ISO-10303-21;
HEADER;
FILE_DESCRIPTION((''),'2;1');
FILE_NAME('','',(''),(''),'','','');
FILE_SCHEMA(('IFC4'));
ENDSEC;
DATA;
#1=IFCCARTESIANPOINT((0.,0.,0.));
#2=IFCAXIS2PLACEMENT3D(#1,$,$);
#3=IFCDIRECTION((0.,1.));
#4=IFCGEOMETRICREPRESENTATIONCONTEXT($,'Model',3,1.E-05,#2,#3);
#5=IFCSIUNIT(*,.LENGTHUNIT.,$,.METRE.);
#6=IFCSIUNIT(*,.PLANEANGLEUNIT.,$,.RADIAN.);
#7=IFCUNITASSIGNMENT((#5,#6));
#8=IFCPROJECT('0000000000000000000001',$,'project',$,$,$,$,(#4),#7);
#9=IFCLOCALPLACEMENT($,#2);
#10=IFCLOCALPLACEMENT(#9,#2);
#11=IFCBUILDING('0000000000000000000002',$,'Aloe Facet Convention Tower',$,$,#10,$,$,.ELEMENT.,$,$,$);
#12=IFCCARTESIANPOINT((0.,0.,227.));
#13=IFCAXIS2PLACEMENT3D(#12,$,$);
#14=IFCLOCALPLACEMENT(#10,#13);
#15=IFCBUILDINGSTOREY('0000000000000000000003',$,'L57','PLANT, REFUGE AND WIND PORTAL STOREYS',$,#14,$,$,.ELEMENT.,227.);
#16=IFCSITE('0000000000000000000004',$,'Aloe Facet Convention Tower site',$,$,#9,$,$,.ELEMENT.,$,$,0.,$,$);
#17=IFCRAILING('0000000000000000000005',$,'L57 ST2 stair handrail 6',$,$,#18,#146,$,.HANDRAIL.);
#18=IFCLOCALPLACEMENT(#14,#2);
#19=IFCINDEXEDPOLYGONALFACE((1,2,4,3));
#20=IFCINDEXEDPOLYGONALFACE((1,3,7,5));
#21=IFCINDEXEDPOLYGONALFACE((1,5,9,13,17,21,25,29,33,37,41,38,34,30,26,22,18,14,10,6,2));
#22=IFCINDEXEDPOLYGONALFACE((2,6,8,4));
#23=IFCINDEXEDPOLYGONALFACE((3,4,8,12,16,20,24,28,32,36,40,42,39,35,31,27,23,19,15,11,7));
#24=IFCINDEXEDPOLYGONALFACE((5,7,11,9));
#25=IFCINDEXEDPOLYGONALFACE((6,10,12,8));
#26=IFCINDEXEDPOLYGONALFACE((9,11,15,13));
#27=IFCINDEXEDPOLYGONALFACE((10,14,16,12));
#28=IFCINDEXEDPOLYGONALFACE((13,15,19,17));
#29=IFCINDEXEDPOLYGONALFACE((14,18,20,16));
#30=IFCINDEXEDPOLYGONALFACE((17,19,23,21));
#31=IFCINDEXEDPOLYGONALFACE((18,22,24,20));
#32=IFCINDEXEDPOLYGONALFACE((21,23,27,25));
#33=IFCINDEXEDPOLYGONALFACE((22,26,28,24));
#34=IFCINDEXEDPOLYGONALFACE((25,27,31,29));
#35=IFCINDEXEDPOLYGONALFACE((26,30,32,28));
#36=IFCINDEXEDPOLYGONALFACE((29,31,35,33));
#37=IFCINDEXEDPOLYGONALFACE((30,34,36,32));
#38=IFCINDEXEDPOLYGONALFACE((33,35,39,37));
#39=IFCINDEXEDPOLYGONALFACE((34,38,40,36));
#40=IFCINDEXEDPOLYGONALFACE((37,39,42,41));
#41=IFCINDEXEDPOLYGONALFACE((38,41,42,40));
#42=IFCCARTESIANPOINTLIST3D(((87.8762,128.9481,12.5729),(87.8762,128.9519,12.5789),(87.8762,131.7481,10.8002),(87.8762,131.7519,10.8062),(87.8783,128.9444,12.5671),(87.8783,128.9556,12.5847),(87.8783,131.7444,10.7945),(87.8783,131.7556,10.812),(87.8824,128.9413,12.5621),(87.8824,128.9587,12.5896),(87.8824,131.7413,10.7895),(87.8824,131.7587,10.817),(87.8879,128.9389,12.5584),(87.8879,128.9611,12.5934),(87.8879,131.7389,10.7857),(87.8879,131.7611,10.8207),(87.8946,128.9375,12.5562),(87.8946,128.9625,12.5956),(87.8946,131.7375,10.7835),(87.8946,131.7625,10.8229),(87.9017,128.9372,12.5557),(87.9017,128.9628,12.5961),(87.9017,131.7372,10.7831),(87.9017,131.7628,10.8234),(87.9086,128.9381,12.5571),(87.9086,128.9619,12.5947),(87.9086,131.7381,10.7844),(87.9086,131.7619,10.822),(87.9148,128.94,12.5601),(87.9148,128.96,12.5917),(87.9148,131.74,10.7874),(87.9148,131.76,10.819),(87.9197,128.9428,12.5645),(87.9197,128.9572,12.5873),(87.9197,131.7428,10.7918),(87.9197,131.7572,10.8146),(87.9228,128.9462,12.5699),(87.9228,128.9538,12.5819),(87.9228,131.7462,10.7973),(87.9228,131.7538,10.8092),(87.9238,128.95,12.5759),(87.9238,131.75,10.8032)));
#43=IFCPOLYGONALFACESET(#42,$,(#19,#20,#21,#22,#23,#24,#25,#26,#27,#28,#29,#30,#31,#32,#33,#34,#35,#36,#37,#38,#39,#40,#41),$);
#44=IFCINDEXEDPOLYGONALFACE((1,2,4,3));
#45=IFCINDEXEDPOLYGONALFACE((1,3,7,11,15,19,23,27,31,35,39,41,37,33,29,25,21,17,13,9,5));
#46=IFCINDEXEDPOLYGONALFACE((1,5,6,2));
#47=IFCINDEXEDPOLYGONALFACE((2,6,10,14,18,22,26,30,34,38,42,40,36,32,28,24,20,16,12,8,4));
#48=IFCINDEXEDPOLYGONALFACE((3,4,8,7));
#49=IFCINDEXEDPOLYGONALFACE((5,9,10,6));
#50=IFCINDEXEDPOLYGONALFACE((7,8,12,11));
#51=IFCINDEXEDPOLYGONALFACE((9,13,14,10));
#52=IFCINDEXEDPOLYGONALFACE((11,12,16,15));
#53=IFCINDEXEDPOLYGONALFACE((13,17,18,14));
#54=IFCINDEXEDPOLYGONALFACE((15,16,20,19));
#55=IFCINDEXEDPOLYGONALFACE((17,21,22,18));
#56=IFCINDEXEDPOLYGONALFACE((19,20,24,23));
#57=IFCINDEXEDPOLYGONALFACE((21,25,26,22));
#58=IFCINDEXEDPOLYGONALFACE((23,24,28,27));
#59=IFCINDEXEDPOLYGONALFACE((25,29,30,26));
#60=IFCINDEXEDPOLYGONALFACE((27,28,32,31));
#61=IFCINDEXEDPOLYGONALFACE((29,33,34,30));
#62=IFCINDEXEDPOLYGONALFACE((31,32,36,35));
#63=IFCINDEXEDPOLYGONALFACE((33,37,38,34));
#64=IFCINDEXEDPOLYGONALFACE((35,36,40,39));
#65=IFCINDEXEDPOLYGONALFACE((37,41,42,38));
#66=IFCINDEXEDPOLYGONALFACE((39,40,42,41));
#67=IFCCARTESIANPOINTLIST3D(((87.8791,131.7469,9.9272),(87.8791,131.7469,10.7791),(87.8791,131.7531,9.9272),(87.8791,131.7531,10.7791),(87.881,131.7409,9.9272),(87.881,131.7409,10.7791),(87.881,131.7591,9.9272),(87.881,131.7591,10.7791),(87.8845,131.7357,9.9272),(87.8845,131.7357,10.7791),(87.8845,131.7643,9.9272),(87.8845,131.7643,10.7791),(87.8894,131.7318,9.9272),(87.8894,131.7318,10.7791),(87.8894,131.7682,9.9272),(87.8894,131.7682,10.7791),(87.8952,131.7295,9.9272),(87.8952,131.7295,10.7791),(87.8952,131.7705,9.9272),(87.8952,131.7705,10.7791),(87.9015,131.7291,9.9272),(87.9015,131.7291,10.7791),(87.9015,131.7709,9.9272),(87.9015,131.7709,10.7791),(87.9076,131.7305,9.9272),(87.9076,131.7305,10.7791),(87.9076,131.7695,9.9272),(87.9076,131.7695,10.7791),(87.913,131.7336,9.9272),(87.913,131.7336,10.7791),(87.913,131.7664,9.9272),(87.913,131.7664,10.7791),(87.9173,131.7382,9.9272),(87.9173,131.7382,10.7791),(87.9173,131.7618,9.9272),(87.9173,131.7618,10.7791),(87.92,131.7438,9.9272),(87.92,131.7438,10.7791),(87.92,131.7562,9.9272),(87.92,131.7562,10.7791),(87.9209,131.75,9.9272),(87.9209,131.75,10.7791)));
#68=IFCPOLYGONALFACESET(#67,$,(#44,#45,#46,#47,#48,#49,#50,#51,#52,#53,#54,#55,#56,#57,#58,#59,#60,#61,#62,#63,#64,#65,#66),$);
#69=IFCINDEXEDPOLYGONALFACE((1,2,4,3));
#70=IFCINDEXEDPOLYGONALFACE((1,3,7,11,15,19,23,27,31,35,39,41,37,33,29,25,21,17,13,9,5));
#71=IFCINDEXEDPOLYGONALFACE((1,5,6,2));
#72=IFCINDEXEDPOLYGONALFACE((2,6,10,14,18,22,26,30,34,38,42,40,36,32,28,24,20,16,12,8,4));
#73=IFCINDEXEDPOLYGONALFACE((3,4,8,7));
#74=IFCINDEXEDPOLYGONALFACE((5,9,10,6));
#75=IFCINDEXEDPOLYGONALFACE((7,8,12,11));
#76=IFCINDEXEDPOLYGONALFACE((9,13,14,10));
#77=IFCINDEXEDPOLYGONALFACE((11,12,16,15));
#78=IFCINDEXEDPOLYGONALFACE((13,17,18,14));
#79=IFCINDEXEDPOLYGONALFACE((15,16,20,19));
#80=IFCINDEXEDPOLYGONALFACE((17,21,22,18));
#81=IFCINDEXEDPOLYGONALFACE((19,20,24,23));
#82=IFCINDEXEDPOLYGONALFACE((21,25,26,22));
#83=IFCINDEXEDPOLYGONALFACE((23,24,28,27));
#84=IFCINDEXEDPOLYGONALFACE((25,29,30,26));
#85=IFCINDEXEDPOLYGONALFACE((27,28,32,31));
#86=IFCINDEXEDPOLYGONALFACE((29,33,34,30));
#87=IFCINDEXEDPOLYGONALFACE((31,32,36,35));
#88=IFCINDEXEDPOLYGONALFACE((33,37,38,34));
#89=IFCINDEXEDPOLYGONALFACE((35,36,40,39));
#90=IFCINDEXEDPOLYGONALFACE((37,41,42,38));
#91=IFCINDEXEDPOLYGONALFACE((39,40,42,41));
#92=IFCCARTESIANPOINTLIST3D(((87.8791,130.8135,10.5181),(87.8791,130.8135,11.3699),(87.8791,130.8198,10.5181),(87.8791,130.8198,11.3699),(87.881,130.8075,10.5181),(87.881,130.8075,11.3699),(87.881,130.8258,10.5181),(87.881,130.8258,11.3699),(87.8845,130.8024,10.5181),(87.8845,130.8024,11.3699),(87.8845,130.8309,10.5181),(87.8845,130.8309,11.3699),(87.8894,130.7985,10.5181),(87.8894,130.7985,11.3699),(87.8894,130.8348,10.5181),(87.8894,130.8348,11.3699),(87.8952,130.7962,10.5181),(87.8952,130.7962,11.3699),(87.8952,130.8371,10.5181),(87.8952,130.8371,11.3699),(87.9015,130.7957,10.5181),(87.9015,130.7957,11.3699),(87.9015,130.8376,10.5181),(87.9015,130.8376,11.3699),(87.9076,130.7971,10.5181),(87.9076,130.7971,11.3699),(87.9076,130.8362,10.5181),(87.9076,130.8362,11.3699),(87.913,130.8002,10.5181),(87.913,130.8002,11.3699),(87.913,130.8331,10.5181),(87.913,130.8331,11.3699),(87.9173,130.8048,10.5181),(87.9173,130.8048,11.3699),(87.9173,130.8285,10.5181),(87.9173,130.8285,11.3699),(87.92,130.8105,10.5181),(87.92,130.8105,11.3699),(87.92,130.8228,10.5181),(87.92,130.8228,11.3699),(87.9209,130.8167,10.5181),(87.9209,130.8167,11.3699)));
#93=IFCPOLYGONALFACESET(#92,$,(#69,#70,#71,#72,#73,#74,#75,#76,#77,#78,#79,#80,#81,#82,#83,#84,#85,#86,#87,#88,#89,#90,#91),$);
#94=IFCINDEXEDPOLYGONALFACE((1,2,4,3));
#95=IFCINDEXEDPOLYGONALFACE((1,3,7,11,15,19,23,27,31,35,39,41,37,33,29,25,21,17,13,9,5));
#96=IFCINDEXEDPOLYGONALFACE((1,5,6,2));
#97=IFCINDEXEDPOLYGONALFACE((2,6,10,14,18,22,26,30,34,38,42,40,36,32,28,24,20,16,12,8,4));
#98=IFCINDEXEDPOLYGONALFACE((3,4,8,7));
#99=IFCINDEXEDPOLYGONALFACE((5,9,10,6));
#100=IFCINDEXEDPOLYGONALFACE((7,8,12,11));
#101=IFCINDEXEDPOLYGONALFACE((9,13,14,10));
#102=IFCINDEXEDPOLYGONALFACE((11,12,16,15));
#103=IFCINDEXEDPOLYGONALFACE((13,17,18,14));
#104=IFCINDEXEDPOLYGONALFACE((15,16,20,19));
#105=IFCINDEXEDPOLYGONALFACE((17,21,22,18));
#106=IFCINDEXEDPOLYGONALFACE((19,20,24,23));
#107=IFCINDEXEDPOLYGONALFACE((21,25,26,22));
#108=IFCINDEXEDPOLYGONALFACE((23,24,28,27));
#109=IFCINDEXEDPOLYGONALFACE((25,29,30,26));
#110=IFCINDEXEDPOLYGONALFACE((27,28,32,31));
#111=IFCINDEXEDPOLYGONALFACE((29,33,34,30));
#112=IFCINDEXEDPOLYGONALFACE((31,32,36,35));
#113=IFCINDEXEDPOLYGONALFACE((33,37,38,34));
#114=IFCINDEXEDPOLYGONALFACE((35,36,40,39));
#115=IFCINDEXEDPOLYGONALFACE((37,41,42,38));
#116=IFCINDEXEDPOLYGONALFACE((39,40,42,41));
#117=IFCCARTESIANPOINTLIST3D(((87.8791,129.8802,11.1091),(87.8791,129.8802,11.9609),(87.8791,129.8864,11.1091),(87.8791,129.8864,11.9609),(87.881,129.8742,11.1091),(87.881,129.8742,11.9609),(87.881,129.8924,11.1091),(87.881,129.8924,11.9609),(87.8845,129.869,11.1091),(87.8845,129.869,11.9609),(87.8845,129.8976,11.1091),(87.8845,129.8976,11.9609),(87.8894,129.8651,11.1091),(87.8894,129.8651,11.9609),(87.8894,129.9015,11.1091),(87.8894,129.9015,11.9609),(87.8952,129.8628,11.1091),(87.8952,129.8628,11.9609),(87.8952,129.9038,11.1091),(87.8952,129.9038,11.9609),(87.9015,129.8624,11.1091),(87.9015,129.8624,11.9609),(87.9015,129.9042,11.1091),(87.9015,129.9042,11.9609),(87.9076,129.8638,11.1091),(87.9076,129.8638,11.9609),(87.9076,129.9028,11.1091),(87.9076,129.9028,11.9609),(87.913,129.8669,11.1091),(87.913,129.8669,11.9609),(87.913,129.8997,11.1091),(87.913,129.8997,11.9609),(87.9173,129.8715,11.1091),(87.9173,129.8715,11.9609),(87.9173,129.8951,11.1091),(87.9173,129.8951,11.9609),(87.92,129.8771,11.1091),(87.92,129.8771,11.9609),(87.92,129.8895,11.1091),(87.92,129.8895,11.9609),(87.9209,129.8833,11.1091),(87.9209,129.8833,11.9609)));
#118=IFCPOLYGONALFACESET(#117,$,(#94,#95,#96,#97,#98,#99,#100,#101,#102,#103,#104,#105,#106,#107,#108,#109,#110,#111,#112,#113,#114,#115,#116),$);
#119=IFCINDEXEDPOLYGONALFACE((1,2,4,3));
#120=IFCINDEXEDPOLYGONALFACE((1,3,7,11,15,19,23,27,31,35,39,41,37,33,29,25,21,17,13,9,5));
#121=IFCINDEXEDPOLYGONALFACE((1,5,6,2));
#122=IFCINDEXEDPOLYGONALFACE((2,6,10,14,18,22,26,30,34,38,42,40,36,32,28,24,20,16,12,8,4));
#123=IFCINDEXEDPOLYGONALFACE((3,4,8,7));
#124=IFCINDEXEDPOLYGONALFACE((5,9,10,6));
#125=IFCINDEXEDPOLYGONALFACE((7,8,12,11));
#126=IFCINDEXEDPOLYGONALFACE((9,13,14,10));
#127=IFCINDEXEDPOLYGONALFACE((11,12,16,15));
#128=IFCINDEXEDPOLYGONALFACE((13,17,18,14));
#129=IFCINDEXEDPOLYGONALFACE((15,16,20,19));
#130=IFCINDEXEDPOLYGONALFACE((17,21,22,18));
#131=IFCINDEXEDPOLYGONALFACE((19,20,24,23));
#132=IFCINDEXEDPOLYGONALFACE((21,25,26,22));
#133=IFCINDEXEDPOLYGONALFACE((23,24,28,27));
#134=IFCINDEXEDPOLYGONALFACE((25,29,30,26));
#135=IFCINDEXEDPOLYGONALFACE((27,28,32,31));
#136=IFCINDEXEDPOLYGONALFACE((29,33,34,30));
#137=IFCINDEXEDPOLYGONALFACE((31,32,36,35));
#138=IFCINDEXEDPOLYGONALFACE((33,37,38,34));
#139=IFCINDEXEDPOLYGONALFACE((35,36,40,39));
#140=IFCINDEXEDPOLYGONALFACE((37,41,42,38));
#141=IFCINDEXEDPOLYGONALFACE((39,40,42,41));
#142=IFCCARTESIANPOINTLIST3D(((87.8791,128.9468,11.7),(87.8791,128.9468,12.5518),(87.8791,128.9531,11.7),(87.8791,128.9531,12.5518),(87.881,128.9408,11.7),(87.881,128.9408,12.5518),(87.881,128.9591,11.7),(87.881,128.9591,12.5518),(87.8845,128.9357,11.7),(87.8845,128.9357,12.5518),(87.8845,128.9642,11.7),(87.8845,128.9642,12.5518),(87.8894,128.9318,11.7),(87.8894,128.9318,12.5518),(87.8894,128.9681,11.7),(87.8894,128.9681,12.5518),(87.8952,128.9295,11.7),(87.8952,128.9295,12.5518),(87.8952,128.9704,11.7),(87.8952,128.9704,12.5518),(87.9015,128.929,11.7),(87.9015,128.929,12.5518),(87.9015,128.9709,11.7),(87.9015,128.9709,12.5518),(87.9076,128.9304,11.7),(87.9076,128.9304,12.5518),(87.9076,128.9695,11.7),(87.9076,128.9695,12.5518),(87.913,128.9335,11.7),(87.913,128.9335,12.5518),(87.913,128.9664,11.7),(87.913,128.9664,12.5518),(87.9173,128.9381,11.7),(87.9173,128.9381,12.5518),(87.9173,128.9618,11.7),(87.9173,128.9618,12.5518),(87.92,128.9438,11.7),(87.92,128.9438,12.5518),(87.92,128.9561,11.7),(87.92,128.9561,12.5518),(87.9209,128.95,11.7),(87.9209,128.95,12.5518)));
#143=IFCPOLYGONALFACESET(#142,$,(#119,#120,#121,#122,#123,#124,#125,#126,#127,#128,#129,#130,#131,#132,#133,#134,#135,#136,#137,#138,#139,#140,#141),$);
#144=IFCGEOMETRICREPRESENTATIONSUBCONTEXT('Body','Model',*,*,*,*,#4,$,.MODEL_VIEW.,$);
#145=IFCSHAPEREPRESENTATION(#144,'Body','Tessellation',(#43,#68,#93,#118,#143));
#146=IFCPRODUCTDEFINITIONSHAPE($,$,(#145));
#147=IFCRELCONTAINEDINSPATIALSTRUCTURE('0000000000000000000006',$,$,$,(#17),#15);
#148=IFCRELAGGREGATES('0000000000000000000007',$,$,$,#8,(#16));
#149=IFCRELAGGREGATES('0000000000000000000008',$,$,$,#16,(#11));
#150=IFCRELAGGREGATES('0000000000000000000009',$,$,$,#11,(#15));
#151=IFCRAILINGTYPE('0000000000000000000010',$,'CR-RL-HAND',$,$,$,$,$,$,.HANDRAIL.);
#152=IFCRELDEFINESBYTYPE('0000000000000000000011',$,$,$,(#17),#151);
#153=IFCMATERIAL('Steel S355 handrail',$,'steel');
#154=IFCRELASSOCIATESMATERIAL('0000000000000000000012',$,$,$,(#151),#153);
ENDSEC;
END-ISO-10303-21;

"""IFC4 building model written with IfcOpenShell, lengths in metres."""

from ifc_helpers import new_model, si_unit, direction, frame, origin, origin_2d, place, context, subcontext, project, spatial, circle, extrude, material, type_object, element, save


model = new_model("IFC4")

# Units and contexts
model_context = context("Model", 3, precision=1e-05, world=origin(), true_north=direction((0.0, 1.0)))
body_context = subcontext(model_context, "Body", "Model", "MODEL_VIEW")
ifc_project = project(units=[si_unit("LENGTHUNIT", "METRE"), si_unit("PLANEANGLEUNIT", "RADIAN")], contexts=[model_context])

# Site, building, storey
site_placement = place(None, origin())
site = spatial("IfcSite", under=ifc_project, at=site_placement, Name="Aloe Facet Convention Tower site", CompositionType="ELEMENT", RefElevation=0.0)
building_placement = place(site_placement, origin())
building = spatial("IfcBuilding", under=site, at=building_placement, Name="Aloe Facet Convention Tower", CompositionType="ELEMENT")
storey_placement = place(building_placement, frame((0.0, 0.0, 227.0)))
storey = spatial("IfcBuildingStorey", under=building, at=storey_placement, Name="L57", Description="PLANT, REFUGE AND WIND PORTAL STOREYS", CompositionType="ELEMENT", Elevation=227.0)

# Railing
ifc_material_1 = material(Name="Steel S355 handrail", Category="steel")
railing_type_1 = type_object("IfcRailingType", Name="CR-RL-HAND", PredefinedType="HANDRAIL", material=ifc_material_1)
for number, where, name in (
    (1, (87.8999, 131.75, 9.9272), "L57 ST2 stair handrail 6"),
):
    element("IfcRailing", number, at=place(storey_placement, frame(where)), inside=storey, type_object=railing_type_1, Name=name, PredefinedType="HANDRAIL", context=body_context, shape_type="SweptSolid", body=[
        extrude(circle(Radius=0.0239, at=origin_2d()), frame((0.0, 0.0, 0.876), z_axis=(0.0, -0.844909, 0.53491), x_axis=(1.0, 0.0, 0.0)), (0.0, 0.0, 1.0), 3.314),
        extrude(circle(Radius=0.021, at=origin_2d()), origin(), (0.0, 0.0, 1.0), 0.8518),
        extrude(circle(Radius=0.021, at=origin_2d()), frame((0.0, -0.9333, 0.5908)), (0.0, 0.0, 1.0), 0.8518),
        extrude(circle(Radius=0.021, at=origin_2d()), frame((0.0, -1.8667, 1.1819)), (0.0, 0.0, 1.0), 0.8518),
        extrude(circle(Radius=0.021, at=origin_2d()), frame((0.0, -2.8, 1.7727)), (0.0, 0.0, 1.0), 0.8518),
    ])

save(model, "model.ifc")
